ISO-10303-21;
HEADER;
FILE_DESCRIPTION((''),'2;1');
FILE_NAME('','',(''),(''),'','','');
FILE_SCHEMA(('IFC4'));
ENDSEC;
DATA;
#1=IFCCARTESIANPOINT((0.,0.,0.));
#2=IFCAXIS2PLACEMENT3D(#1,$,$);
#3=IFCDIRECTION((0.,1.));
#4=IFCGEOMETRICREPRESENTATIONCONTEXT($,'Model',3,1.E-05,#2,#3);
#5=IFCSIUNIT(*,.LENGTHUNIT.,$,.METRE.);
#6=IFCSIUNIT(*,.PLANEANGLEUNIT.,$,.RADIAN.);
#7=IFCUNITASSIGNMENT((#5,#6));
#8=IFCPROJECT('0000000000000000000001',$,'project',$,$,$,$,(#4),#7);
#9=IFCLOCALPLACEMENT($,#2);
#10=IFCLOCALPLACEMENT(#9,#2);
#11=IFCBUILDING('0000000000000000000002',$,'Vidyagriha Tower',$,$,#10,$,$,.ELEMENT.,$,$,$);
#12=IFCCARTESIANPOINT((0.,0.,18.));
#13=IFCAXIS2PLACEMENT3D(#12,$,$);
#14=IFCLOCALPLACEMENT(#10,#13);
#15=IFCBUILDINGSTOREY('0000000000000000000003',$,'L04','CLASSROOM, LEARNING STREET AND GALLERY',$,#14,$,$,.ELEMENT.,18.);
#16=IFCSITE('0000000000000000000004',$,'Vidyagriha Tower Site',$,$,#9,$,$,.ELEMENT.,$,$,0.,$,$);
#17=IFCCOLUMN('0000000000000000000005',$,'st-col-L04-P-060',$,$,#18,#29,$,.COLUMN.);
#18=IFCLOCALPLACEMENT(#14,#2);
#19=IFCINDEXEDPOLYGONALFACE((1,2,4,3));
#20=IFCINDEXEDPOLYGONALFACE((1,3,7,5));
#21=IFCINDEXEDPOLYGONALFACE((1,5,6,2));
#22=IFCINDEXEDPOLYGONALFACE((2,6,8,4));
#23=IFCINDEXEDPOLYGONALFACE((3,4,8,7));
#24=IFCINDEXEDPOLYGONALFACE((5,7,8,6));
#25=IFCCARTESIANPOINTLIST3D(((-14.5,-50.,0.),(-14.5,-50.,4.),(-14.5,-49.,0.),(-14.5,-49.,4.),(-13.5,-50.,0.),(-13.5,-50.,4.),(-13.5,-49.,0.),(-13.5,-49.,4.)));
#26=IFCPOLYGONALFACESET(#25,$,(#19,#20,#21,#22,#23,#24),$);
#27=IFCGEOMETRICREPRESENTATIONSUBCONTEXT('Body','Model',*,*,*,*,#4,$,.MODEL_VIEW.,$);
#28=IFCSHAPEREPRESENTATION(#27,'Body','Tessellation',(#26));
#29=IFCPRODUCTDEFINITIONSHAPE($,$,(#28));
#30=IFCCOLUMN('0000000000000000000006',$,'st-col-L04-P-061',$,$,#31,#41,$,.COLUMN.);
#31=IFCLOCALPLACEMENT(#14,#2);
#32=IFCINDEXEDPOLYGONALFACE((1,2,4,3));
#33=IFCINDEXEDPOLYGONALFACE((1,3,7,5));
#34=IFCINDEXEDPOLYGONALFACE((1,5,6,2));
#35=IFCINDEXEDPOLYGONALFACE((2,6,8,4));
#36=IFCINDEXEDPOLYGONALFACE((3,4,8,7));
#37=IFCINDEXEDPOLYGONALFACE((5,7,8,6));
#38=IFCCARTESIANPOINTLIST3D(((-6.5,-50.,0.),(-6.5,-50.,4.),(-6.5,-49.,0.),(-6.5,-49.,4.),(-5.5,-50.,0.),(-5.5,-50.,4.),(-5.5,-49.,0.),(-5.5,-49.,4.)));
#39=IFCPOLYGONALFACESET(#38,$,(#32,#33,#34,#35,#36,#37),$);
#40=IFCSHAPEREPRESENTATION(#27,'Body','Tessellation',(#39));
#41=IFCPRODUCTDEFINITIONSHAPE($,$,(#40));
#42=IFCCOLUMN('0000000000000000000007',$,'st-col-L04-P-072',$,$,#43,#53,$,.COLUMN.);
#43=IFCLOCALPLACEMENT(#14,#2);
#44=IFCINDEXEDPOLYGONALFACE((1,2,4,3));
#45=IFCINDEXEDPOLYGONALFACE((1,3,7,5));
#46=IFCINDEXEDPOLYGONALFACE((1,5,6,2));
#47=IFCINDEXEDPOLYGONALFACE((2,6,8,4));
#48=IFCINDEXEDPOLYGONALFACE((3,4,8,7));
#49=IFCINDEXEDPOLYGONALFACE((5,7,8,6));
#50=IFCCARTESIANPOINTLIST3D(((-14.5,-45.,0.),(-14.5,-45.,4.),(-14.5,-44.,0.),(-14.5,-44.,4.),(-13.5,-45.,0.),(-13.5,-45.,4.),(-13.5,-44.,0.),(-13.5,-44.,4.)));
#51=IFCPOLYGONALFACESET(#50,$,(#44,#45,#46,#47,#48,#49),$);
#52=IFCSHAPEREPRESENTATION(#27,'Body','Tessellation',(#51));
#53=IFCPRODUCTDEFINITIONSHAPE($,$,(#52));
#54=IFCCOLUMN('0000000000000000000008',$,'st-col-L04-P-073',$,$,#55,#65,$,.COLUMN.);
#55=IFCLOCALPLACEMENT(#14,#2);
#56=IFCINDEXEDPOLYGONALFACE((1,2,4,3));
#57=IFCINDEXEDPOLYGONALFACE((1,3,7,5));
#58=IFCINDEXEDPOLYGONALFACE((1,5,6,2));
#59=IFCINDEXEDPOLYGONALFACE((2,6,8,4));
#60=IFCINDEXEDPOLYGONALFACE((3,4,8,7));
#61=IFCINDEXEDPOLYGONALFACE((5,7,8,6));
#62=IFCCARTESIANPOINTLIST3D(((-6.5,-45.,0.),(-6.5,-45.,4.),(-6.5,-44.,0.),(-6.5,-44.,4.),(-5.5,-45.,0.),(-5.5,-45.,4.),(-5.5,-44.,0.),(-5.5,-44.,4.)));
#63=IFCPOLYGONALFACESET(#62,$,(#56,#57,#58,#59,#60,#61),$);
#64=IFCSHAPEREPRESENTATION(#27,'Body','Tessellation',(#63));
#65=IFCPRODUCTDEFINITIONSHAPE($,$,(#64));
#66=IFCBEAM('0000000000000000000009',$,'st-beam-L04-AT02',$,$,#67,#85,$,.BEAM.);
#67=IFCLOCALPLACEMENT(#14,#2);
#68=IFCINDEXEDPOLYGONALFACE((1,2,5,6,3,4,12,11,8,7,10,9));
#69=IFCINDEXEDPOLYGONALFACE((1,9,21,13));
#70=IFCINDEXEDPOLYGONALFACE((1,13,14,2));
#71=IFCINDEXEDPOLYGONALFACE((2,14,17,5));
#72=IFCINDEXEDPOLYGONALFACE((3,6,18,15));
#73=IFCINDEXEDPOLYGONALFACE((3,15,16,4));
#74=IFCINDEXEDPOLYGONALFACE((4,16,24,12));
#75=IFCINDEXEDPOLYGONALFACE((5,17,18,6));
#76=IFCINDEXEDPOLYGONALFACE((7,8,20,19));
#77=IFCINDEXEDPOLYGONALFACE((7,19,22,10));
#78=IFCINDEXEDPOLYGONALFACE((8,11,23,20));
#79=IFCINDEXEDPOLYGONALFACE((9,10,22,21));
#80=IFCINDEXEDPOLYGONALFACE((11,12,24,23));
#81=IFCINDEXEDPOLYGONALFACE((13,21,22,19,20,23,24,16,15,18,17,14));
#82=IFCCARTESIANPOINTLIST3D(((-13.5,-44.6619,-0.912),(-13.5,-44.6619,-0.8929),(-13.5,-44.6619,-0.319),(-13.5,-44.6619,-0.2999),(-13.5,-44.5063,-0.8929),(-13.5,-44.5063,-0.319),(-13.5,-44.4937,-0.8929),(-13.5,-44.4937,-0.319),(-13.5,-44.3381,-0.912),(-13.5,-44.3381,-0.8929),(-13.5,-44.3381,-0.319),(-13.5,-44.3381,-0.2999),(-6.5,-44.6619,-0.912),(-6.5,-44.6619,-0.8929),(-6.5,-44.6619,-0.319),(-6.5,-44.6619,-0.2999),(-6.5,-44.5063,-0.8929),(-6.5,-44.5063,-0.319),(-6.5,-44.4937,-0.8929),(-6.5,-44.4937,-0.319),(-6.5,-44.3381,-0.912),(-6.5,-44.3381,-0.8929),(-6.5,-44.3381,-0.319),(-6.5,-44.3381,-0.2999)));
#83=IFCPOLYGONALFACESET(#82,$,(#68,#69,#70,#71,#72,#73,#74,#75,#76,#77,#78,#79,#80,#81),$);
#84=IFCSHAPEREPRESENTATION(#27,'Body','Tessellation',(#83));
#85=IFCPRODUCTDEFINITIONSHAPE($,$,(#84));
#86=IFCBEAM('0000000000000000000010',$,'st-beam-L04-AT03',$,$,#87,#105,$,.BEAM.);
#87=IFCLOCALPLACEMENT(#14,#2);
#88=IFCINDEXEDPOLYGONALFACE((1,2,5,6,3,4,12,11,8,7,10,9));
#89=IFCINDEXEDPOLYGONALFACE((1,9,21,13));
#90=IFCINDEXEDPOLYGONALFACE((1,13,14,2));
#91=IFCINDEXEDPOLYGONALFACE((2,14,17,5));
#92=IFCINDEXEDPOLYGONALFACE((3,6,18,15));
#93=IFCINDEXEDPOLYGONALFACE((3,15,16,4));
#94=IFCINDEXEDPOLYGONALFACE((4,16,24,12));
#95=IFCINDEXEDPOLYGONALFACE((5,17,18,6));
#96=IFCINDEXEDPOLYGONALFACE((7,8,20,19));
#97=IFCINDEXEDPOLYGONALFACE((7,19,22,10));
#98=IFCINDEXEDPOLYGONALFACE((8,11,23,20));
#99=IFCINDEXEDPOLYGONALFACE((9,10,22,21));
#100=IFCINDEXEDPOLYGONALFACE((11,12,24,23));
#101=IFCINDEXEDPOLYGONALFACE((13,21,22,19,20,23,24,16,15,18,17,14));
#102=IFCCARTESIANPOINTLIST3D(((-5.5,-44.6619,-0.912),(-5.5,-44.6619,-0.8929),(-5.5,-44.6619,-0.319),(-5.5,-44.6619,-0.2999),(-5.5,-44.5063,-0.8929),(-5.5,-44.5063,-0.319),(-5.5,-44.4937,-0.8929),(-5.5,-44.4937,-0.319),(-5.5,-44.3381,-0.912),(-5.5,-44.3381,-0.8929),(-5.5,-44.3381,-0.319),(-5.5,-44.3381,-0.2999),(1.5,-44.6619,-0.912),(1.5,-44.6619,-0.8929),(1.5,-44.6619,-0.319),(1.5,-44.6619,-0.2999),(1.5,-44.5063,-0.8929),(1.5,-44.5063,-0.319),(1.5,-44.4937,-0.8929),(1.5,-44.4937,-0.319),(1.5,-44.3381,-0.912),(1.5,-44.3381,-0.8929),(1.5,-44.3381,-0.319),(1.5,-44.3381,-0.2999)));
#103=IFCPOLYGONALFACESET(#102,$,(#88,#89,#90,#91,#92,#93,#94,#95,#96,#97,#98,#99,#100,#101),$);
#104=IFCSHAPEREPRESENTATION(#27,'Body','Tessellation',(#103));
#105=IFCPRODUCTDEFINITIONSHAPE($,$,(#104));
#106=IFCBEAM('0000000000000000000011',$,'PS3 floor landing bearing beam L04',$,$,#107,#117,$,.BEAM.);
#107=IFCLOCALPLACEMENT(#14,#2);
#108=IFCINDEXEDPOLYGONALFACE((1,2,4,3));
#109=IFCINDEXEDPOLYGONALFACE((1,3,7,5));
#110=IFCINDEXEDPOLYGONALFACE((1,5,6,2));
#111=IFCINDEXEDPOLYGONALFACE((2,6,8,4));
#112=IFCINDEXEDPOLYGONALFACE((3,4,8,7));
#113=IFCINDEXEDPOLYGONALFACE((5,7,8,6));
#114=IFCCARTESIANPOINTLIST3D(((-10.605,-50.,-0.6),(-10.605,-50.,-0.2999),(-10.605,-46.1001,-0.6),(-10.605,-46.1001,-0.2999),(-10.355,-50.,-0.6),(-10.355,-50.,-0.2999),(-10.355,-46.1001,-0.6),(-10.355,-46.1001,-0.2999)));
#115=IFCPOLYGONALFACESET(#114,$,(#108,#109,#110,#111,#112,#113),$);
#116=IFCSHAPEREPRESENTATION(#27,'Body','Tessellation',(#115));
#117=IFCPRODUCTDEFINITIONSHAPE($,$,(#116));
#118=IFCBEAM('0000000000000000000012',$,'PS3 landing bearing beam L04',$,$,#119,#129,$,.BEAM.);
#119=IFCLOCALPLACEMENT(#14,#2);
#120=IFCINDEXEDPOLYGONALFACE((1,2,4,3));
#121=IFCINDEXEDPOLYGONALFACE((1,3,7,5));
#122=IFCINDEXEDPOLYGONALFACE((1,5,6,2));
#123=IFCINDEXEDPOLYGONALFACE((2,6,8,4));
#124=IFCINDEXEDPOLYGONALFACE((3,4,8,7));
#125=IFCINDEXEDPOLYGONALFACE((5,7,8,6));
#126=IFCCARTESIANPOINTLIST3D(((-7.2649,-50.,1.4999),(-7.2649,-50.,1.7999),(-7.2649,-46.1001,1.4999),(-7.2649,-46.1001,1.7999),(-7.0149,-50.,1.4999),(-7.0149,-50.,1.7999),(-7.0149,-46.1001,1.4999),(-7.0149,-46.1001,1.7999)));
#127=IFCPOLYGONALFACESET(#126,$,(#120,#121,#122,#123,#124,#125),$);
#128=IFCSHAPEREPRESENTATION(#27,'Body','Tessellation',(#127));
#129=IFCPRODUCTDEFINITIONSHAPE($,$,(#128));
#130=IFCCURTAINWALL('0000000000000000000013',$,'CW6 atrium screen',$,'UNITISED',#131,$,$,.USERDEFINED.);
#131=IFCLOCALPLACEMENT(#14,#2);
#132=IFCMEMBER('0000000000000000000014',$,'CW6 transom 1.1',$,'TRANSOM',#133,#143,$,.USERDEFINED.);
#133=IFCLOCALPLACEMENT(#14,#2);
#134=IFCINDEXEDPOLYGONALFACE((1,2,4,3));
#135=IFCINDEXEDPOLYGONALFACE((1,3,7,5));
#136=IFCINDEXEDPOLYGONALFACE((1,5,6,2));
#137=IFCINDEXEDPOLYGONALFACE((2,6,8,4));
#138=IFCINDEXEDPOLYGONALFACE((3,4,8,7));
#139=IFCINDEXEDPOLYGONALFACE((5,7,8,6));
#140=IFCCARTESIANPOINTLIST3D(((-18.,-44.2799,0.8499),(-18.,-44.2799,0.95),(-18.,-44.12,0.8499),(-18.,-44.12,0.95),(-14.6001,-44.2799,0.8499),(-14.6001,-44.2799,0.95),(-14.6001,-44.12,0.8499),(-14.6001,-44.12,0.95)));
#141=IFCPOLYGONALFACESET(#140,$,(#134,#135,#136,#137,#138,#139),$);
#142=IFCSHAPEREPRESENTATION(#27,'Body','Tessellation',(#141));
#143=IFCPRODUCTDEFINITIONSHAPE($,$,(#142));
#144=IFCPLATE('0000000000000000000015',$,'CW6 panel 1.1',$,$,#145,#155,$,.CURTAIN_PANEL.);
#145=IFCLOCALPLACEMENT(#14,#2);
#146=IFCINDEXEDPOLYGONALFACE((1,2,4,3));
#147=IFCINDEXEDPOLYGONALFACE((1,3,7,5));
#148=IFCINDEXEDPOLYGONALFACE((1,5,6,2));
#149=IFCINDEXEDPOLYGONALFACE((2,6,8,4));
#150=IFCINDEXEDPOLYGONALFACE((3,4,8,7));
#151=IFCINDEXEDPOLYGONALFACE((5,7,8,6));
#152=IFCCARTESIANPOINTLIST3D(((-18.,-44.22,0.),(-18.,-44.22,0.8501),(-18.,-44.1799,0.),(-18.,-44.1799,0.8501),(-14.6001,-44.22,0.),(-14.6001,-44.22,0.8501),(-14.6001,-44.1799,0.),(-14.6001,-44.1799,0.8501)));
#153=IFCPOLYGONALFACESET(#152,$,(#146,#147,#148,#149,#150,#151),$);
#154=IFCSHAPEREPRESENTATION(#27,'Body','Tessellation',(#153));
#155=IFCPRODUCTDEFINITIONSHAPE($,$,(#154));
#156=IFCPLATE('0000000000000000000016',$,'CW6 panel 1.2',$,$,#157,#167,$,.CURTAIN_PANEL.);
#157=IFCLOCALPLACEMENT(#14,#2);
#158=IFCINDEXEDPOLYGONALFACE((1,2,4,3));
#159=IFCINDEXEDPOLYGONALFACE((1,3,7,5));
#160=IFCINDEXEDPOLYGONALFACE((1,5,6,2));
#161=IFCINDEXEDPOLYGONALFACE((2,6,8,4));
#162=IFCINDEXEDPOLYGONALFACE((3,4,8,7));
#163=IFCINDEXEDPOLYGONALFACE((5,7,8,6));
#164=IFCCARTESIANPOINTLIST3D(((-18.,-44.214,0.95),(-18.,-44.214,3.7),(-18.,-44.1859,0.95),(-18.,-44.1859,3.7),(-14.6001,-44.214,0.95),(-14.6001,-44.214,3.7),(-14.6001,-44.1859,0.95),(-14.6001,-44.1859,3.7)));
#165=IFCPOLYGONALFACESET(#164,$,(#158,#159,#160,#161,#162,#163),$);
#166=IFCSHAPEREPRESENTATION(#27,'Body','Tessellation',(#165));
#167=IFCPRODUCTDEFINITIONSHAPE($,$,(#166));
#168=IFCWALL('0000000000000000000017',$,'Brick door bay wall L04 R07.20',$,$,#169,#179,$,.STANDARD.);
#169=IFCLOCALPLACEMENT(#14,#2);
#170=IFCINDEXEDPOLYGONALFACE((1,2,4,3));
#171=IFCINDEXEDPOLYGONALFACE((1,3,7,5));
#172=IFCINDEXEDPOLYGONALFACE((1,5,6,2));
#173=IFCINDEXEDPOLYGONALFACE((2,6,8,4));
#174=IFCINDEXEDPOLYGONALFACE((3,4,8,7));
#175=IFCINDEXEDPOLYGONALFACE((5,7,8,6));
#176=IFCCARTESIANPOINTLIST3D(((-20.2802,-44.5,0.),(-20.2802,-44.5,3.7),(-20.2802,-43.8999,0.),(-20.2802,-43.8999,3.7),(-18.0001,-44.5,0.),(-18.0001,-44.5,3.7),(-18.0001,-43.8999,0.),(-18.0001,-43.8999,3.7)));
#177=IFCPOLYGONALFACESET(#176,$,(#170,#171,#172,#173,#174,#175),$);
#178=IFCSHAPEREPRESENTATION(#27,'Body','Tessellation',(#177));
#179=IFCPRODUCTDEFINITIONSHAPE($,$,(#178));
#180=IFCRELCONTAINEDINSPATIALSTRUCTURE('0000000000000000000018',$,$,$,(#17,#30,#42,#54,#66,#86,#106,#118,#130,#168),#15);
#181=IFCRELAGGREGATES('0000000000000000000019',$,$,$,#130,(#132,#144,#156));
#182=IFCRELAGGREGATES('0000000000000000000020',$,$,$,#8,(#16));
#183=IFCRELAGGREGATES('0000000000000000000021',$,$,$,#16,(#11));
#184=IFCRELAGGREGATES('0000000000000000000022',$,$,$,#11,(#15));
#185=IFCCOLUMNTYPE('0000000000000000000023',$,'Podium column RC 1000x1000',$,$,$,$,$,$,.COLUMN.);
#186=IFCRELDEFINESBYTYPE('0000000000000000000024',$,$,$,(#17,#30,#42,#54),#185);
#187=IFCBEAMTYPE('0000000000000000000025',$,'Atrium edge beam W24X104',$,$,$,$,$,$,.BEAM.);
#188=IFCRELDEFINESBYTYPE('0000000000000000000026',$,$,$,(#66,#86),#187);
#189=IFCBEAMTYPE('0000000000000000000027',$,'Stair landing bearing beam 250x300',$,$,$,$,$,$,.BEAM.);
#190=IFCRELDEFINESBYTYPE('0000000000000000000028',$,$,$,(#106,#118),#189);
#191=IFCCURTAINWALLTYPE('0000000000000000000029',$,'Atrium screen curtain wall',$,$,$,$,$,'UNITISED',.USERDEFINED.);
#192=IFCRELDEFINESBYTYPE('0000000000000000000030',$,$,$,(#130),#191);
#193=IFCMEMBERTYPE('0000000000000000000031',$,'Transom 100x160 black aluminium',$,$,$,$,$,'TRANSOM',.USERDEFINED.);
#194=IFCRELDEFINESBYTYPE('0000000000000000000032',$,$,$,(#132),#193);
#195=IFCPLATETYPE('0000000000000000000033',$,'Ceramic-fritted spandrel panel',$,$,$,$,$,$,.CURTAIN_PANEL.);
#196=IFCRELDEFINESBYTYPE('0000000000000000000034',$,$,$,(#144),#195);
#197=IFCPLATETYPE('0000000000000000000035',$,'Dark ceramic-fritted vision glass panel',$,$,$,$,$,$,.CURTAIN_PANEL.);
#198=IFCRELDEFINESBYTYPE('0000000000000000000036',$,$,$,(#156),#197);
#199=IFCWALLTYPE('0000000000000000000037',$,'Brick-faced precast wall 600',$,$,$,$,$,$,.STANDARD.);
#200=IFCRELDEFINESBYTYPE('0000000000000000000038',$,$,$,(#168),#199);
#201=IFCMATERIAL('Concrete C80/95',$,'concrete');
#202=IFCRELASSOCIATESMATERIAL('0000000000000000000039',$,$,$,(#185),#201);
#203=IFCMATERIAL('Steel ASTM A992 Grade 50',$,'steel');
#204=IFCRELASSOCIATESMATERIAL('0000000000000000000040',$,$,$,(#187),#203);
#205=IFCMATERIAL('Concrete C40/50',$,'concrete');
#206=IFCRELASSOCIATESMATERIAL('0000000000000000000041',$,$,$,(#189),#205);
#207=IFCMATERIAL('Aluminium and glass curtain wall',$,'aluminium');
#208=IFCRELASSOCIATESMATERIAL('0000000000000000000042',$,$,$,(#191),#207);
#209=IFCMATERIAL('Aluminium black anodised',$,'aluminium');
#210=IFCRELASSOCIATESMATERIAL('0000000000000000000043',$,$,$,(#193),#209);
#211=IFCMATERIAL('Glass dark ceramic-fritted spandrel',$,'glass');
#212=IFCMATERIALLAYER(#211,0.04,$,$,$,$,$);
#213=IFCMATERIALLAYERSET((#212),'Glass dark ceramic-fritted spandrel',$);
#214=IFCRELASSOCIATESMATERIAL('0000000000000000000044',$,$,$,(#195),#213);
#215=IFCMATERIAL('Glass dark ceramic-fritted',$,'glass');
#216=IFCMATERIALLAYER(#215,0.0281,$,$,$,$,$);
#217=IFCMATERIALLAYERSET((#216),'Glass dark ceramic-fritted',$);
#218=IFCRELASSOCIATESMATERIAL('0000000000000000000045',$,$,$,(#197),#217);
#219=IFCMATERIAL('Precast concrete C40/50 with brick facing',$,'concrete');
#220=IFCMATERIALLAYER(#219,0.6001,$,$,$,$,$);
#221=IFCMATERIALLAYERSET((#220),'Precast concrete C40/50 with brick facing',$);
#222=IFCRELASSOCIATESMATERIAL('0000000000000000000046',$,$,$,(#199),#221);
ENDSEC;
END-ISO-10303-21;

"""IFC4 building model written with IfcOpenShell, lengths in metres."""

from ifc_helpers import new_model, si_unit, direction, frame, frame_2d, origin, origin_2d, place, context, subcontext, project, spatial, rectangle, i_section, extrude, material, layer, layer_set, material_profile, profile_set, type_object, element, aggregate, save


model = new_model("IFC4")

# Units and contexts
model_context = context("Model", 3, precision=1e-05, world=origin(), true_north=direction((0.0, 1.0)))
body_context = subcontext(model_context, "Body", "Model", "MODEL_VIEW")
ifc_project = project(units=[si_unit("LENGTHUNIT", "METRE"), si_unit("PLANEANGLEUNIT", "RADIAN")], contexts=[model_context])

# Site, building, storey
site_placement = place(None, origin())
site = spatial("IfcSite", under=ifc_project, at=site_placement, Name="Vidyagriha Tower Site", CompositionType="ELEMENT", RefElevation=0.0)
building_placement = place(site_placement, origin())
building = spatial("IfcBuilding", under=site, at=building_placement, Name="Vidyagriha Tower", CompositionType="ELEMENT")
storey_placement = place(building_placement, frame((0.0, 0.0, 18.0)))
storey = spatial("IfcBuildingStorey", under=building, at=storey_placement, Name="L04", Description="CLASSROOM, LEARNING STREET AND GALLERY", CompositionType="ELEMENT", Elevation=18.0)

# Columns
ifc_material_1 = material(Name="Concrete C80/95", Category="concrete")
ifc_material_profile_1 = material_profile(ifc_material_1, rectangle(XDim=1.0, YDim=1.0, at=origin_2d()), Name="RC 1000x1000")
ifc_profile_set_1 = profile_set([ifc_material_profile_1], Name="Concrete C80/95")
column_type = type_object("IfcColumnType", Name="Podium column RC 1000x1000", PredefinedType="COLUMN", material=ifc_profile_set_1)
for number, where, name in (
    (1, (-14.0, -49.5, 0.0), "st-col-L04-P-060"),
    (2, (-6.0, -49.5, 0.0), "st-col-L04-P-061"),
    (3, (-14.0, -44.5, 0.0), "st-col-L04-P-072"),
    (4, (-6.0, -44.5, 0.0), "st-col-L04-P-073"),
):
    element("IfcColumn", number, at=place(storey_placement, frame(where)), inside=storey, type_object=column_type, Name=name, PredefinedType="COLUMN", context=body_context, shape_type="SweptSolid", body=[
        extrude(rectangle(XDim=1.0, YDim=1.0, at=origin_2d()), origin(), (0.0, 0.0, 1.0), 4.0),
    ])

# Beams
ifc_material_2 = material(Name="Steel ASTM A992 Grade 50", Category="steel")
ifc_material_profile_2 = material_profile(ifc_material_2, i_section(OverallWidth=0.3237, OverallDepth=0.6121, WebThickness=0.0127, FlangeThickness=0.019, at=origin_2d()), Name="W24X104")
ifc_profile_set_2 = profile_set([ifc_material_profile_2], Name="Steel ASTM A992 Grade 50")
beam_type_1 = type_object("IfcBeamType", Name="Atrium edge beam W24X104", PredefinedType="BEAM", material=ifc_profile_set_2)
for number, where, z_axis, x_axis, name in (
    (5, (-13.5, -44.5, -0.606), (1.0, 0.0, 0.0), (0.0, 1.0, 0.0), "st-beam-L04-AT02"),
    (6, (-5.5, -44.5, -0.606), (1.0, 0.0, 0.0), (0.0, 1.0, 0.0), "st-beam-L04-AT03"),
):
    element("IfcBeam", number, at=place(storey_placement, frame(where, z_axis=z_axis, x_axis=x_axis)), inside=storey, type_object=beam_type_1, Name=name, PredefinedType="BEAM", context=body_context, shape_type="SweptSolid", body=[
        extrude(i_section(OverallWidth=0.3237, OverallDepth=0.6121, WebThickness=0.0127, FlangeThickness=0.019, at=origin_2d()), origin(), (0.0, 0.0, 1.0), 7.0),
    ])
ifc_material_3 = material(Name="Concrete C40/50", Category="concrete")
ifc_material_profile_3 = material_profile(ifc_material_3, rectangle(XDim=0.25, YDim=0.3, at=origin_2d()), Name="Stair landing bearing beam 250x300")
ifc_profile_set_3 = profile_set([ifc_material_profile_3], Name="Concrete C40/50")
beam_type_2 = type_object("IfcBeamType", Name="Stair landing bearing beam 250x300", PredefinedType="BEAM", material=ifc_profile_set_3)
for number, where, z_axis, x_axis, name in (
    (7, (-10.48, -50.0, -0.45), (0.0, 1.0, 0.0), (-1.0, 0.0, 0.0), "PS3 floor landing bearing beam L04"),
    (8, (-7.1399, -50.0, 1.6499), (0.0, 1.0, 0.0), (-1.0, 0.0, 0.0), "PS3 landing bearing beam L04"),
):
    element("IfcBeam", number, at=place(storey_placement, frame(where, z_axis=z_axis, x_axis=x_axis)), inside=storey, type_object=beam_type_2, Name=name, PredefinedType="BEAM", context=body_context, shape_type="SweptSolid", body=[
        extrude(rectangle(XDim=0.25, YDim=0.3, at=origin_2d()), origin(), (0.0, 0.0, 1.0), 3.8999),
    ])

# Curtain wall, member, plates
ifc_material_4 = material(Name="Aluminium and glass curtain wall", Category="aluminium")
curtain_wall_type = type_object("IfcCurtainWallType", Name="Atrium screen curtain wall", ElementType="UNITISED", PredefinedType="USERDEFINED", material=ifc_material_4)
curtain_wall_placement = place(storey_placement, origin())
curtain_wall = element("IfcCurtainWall", 9, at=curtain_wall_placement, inside=storey, type_object=curtain_wall_type, Name="CW6 atrium screen", ObjectType="UNITISED", PredefinedType="USERDEFINED")
ifc_material_5 = material(Name="Aluminium black anodised", Category="aluminium")
ifc_material_profile_4 = material_profile(ifc_material_5, rectangle(XDim=0.1599, YDim=0.1001, at=origin_2d()), Name="Transom 100x160 black aluminium")
ifc_profile_set_4 = profile_set([ifc_material_profile_4], Name="Aluminium black anodised")
member_type = type_object("IfcMemberType", Name="Transom 100x160 black aluminium", ElementType="TRANSOM", PredefinedType="USERDEFINED", material=ifc_profile_set_4)
member_placement = place(storey_placement, frame((-14.6001, -44.2, 0.8999), z_axis=(-1.0, 0.0, 0.0), x_axis=(0.0, -1.0, 0.0)))
member = element("IfcMember", 10, at=member_placement, type_object=member_type, Name="CW6 transom 1.1", ObjectType="TRANSOM", PredefinedType="USERDEFINED", context=body_context, shape_type="SweptSolid", body=[
    extrude(rectangle(XDim=0.1599, YDim=0.1001, at=origin_2d()), origin(), (0.0, 0.0, 1.0), 3.3999),
])
ifc_material_6 = material(Name="Glass dark ceramic-fritted spandrel", Category="glass")
ifc_layer_1 = layer(ifc_material_6, 0.04)
ifc_layer_set_1 = layer_set([ifc_layer_1], Name="Glass dark ceramic-fritted spandrel")
plate_type_1 = type_object("IfcPlateType", Name="Ceramic-fritted spandrel panel", PredefinedType="CURTAIN_PANEL", material=ifc_layer_set_1)
plate_1_placement = place(storey_placement, frame((-16.3, -44.2, 0.0), z_axis=(0.0, 0.0, 1.0), x_axis=(-1.0, 0.0, 0.0)))
plate_1 = element("IfcPlate", 11, at=plate_1_placement, type_object=plate_type_1, Name="CW6 panel 1.1", PredefinedType="CURTAIN_PANEL", context=body_context, shape_type="SweptSolid", body=[
    extrude(rectangle(XDim=3.3999, YDim=0.04, at=origin_2d()), origin(), (0.0, 0.0, 1.0), 0.8501),
])
ifc_material_7 = material(Name="Glass dark ceramic-fritted", Category="glass")
ifc_layer_2 = layer(ifc_material_7, 0.0281)
ifc_layer_set_2 = layer_set([ifc_layer_2], Name="Glass dark ceramic-fritted")
plate_type_2 = type_object("IfcPlateType", Name="Dark ceramic-fritted vision glass panel", PredefinedType="CURTAIN_PANEL", material=ifc_layer_set_2)
plate_2_placement = place(storey_placement, frame((-16.3, -44.2, 0.95), z_axis=(0.0, 0.0, 1.0), x_axis=(-1.0, 0.0, 0.0)))
plate_2 = element("IfcPlate", 12, at=plate_2_placement, type_object=plate_type_2, Name="CW6 panel 1.2", PredefinedType="CURTAIN_PANEL", context=body_context, shape_type="SweptSolid", body=[
    extrude(rectangle(XDim=3.3999, YDim=0.0281, at=origin_2d()), origin(), (0.0, 0.0, 1.0), 2.75),
])
aggregate(curtain_wall, [member, plate_1, plate_2])

# Wall
ifc_material_8 = material(Name="Precast concrete C40/50 with brick facing", Category="concrete")
ifc_layer_3 = layer(ifc_material_8, 0.6001)
ifc_layer_set_3 = layer_set([ifc_layer_3], Name="Precast concrete C40/50 with brick facing")
wall_type_1 = type_object("IfcWallType", Name="Brick-faced precast wall 600", PredefinedType="STANDARD", material=ifc_layer_set_3)
wall_1_placement = place(storey_placement, frame((-18.0, -44.2, 0.0), z_axis=(0.0, 0.0, 1.0), x_axis=(-1.0, 0.0, 0.0)))
element("IfcWall", 13, at=wall_1_placement, inside=storey, type_object=wall_type_1, Name="Brick door bay wall L04 R07.20", PredefinedType="STANDARD", context=body_context, shape_type="SweptSolid", body=[
    extrude(rectangle(XDim=2.28, YDim=0.6001, at=frame_2d((1.1401, 0.0))), origin(), (0.0, 0.0, 1.0), 3.7),
])

save(model, "model.ifc")
